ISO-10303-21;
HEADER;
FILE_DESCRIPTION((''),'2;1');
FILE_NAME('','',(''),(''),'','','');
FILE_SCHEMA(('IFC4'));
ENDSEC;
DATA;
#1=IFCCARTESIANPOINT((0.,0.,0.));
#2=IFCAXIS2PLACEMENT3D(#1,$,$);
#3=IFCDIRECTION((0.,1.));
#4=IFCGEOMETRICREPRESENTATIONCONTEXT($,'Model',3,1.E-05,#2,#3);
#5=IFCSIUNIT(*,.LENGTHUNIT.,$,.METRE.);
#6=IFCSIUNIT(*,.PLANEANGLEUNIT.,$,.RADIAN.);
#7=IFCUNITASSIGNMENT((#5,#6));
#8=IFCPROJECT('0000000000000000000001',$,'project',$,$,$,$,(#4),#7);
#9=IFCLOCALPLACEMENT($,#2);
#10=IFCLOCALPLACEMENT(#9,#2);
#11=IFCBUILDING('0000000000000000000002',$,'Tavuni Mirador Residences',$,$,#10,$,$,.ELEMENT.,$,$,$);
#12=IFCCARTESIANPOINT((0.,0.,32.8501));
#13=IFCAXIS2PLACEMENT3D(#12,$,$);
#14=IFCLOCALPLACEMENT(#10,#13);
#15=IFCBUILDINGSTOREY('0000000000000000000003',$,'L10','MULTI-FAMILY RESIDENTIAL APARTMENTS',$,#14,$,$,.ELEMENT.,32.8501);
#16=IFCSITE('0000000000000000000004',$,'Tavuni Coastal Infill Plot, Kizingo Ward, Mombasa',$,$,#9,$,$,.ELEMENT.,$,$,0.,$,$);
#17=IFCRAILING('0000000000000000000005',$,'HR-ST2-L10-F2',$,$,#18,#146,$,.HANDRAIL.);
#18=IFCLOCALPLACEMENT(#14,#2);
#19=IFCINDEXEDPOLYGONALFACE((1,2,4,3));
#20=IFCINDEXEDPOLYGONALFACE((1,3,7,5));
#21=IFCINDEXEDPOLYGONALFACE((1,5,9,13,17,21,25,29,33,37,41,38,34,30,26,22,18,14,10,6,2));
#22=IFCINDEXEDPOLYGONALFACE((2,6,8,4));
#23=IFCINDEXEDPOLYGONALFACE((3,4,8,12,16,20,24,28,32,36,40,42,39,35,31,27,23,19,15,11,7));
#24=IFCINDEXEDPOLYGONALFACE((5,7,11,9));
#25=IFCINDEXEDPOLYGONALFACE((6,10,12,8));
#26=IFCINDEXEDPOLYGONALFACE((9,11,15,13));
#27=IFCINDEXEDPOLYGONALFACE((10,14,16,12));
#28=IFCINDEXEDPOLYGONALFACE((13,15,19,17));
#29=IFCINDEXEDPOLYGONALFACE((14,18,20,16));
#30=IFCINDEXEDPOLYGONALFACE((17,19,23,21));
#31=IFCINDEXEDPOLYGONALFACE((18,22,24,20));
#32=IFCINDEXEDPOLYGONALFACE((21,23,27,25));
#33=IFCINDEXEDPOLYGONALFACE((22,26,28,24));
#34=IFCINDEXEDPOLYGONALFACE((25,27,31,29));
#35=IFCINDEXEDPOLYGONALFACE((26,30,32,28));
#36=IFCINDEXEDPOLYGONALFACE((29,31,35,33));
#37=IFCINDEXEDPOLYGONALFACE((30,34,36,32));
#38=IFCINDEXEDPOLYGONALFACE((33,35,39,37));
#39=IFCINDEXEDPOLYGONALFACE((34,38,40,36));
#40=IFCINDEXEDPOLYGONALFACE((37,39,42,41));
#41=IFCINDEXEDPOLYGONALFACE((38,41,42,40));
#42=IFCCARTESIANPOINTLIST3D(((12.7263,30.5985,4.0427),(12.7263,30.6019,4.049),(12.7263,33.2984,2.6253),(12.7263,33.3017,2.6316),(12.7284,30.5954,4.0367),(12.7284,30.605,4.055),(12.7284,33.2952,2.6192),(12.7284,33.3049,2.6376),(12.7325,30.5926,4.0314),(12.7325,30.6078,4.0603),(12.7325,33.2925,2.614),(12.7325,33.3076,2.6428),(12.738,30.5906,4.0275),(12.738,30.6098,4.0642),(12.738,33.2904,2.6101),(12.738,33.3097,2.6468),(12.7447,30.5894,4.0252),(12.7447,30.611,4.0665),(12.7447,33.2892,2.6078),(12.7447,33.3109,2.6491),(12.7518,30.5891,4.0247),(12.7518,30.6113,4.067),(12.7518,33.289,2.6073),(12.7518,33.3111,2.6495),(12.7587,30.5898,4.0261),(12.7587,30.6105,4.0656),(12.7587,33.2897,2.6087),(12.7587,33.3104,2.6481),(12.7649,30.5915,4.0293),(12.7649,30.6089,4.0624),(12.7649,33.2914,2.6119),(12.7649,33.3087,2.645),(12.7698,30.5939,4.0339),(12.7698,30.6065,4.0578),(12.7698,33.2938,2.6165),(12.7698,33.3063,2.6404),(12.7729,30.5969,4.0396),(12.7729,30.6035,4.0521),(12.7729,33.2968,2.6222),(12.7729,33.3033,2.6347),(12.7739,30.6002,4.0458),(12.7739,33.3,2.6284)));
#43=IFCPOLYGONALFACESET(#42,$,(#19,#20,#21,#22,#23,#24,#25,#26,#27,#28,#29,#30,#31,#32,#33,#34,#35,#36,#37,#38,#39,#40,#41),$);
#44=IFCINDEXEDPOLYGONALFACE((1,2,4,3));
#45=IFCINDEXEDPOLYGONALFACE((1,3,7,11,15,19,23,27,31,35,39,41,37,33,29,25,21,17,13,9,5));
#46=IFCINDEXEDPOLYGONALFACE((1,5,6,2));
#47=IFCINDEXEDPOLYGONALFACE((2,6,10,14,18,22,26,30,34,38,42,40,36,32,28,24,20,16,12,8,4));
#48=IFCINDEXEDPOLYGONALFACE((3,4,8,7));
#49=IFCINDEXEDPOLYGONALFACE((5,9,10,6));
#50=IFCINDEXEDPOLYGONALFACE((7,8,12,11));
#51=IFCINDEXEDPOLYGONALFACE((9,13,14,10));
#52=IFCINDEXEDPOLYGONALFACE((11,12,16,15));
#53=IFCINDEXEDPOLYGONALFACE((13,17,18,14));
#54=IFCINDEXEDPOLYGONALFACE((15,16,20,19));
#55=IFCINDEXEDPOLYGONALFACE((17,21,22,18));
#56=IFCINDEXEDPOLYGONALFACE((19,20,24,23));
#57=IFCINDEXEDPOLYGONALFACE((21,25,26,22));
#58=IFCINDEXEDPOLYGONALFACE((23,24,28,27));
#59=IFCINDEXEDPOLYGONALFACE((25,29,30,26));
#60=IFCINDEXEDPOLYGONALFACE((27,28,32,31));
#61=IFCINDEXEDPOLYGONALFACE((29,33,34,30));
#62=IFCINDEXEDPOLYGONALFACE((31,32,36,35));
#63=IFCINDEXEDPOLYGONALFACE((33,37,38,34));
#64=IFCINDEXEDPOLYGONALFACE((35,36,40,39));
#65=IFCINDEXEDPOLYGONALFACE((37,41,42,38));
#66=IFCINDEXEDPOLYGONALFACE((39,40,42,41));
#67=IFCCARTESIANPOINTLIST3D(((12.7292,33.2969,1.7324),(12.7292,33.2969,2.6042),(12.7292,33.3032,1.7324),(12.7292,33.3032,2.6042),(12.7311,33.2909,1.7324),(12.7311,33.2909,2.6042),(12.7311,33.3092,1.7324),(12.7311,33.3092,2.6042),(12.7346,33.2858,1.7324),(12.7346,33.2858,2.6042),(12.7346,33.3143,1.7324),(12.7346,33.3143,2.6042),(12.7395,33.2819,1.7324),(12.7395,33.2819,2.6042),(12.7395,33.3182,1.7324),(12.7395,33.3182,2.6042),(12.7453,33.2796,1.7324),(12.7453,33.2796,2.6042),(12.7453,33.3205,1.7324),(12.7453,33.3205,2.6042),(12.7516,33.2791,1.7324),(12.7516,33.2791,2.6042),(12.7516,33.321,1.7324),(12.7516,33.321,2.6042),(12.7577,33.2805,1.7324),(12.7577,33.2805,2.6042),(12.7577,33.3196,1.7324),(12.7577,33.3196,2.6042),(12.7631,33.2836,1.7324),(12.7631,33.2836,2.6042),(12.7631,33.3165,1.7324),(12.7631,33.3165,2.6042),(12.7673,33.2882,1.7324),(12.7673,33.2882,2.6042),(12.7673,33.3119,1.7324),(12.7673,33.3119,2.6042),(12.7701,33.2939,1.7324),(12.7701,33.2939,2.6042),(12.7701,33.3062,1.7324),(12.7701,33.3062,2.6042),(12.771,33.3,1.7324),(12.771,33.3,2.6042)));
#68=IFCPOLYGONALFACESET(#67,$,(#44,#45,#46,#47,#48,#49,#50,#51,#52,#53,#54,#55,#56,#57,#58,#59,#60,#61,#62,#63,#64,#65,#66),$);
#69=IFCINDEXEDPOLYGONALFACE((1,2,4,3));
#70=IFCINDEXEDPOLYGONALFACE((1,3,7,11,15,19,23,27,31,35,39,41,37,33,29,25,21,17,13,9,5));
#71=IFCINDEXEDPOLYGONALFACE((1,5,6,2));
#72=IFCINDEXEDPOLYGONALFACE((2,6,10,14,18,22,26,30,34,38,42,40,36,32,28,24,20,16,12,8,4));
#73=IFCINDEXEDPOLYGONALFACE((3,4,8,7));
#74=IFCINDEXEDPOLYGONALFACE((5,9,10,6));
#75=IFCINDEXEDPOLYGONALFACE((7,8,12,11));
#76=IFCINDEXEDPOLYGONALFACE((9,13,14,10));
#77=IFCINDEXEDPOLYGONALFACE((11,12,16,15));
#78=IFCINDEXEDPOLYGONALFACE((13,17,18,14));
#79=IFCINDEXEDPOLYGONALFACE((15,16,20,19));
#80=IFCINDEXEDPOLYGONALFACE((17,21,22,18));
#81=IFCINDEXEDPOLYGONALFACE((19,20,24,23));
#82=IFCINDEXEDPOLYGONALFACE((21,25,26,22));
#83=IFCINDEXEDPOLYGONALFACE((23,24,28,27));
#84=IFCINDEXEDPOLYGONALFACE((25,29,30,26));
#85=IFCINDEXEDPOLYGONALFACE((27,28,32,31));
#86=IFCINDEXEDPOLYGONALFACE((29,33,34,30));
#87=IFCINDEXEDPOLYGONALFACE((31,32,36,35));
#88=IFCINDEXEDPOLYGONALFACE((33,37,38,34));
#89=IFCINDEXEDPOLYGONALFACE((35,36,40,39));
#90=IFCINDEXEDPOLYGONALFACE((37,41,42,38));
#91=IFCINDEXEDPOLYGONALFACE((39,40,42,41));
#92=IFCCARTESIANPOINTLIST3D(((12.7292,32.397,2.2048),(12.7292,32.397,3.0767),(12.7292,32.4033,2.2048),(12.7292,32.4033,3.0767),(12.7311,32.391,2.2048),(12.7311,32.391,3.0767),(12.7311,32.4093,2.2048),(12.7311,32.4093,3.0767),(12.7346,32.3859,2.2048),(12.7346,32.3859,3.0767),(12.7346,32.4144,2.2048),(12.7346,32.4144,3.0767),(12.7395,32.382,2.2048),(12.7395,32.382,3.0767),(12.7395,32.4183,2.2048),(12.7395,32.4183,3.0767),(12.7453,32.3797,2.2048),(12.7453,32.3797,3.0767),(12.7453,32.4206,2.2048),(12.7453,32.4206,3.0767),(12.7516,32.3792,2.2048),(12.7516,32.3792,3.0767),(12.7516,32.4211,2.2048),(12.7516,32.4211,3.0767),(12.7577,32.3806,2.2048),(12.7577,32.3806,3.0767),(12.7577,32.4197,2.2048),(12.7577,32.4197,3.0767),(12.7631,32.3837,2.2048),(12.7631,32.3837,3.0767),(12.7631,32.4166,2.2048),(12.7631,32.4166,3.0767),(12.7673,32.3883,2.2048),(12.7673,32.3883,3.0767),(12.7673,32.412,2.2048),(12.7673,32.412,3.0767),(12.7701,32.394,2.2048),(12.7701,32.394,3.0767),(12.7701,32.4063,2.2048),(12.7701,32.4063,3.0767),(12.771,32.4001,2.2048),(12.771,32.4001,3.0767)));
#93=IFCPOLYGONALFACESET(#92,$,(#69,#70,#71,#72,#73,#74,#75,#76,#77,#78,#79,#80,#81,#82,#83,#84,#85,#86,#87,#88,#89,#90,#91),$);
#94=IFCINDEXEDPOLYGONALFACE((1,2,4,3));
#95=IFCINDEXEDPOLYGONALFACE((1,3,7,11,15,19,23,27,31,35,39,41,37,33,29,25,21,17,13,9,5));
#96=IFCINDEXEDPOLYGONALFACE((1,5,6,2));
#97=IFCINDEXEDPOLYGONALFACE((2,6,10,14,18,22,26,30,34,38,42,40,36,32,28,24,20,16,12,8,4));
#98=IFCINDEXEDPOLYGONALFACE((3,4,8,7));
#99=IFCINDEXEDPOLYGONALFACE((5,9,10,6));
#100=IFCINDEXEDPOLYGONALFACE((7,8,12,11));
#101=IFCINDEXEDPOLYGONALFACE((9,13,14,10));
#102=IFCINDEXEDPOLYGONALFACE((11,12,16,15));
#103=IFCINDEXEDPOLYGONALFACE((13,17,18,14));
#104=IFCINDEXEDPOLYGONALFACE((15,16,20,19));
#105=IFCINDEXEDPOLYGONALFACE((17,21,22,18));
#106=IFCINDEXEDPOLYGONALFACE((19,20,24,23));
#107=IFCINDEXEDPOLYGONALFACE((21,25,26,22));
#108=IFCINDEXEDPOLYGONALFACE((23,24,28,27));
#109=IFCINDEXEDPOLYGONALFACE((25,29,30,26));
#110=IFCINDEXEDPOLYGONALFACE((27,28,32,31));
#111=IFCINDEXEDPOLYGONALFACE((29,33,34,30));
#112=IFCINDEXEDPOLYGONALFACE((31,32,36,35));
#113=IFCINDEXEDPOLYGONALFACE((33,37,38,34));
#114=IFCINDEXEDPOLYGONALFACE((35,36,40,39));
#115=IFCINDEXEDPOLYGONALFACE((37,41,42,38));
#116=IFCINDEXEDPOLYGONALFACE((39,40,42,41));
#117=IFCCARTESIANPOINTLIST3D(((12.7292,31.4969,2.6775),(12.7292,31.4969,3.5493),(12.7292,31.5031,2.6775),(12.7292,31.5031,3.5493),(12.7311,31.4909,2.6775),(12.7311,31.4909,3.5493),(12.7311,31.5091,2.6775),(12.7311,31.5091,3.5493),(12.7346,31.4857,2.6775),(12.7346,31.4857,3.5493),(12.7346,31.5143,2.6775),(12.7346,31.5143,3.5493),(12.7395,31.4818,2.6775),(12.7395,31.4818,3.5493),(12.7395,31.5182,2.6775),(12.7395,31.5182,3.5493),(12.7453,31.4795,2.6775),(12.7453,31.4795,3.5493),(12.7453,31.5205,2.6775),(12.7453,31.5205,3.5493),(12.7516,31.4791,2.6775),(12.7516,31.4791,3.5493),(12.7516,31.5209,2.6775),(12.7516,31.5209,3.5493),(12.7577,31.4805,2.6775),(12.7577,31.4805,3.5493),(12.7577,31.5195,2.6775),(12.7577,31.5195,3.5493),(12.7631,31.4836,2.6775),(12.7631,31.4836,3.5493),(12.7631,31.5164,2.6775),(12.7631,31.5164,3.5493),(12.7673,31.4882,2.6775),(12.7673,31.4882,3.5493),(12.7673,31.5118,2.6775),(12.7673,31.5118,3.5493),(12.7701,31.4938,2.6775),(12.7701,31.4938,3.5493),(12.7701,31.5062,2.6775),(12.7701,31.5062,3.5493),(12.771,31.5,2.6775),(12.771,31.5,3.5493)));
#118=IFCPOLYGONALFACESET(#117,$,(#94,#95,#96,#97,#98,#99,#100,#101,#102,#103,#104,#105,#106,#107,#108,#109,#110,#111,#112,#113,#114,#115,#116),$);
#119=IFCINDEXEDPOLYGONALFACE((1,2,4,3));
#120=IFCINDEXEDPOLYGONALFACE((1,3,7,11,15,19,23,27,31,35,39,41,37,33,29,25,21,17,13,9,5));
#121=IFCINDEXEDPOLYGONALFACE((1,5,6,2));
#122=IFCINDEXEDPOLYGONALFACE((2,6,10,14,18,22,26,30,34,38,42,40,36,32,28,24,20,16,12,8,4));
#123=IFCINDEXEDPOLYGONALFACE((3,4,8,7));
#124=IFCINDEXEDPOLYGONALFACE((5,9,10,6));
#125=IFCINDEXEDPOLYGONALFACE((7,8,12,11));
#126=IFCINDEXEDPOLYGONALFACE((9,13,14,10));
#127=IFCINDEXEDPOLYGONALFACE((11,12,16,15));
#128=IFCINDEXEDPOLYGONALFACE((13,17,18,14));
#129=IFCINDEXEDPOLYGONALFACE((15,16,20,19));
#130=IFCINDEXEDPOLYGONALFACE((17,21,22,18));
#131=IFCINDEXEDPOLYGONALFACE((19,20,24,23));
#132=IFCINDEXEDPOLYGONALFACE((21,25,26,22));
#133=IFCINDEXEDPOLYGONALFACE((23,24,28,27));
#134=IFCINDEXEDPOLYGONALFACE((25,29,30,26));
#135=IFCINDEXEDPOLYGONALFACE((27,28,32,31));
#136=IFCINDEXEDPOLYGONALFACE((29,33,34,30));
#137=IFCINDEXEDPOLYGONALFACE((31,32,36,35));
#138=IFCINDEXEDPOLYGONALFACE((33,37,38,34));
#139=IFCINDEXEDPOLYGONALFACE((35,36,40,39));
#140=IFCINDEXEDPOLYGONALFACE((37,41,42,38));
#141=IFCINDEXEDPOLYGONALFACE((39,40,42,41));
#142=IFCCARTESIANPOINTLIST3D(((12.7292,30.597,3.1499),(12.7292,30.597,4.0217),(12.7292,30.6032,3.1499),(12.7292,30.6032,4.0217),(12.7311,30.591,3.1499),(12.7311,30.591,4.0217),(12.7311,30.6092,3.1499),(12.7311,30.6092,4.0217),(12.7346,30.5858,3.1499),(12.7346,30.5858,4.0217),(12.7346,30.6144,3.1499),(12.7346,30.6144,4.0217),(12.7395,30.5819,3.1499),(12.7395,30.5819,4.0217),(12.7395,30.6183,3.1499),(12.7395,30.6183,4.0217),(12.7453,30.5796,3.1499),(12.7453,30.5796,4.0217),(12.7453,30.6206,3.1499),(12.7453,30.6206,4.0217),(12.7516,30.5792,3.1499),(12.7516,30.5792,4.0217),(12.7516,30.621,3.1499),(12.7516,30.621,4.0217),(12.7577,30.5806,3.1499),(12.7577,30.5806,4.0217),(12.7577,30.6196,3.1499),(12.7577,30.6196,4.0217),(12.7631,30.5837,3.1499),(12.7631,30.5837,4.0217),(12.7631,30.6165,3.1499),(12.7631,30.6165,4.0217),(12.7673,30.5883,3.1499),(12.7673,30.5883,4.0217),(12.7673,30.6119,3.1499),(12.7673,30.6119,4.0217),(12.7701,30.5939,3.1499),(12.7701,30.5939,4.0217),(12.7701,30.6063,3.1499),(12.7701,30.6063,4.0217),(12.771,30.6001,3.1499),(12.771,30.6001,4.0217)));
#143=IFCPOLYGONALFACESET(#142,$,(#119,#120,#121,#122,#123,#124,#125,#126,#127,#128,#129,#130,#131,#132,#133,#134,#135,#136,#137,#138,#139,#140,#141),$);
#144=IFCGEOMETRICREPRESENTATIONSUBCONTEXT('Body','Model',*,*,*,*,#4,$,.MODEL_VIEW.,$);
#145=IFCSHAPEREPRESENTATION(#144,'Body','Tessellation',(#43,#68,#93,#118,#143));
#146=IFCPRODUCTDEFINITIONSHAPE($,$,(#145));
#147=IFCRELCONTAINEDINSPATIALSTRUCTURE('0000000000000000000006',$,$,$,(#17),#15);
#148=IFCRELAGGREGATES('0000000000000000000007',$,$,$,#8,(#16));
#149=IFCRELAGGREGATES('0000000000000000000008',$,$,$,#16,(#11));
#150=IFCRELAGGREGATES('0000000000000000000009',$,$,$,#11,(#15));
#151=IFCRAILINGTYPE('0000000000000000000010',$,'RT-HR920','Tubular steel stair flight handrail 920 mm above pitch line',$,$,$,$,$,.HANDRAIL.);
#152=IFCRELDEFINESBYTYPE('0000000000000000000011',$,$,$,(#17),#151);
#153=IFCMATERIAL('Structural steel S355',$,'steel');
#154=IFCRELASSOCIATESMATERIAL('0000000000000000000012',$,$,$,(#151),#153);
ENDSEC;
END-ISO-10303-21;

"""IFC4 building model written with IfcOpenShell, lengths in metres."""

from ifc_helpers import new_model, si_unit, direction, frame, origin, origin_2d, place, context, subcontext, project, spatial, circle, extrude, material, type_object, element, save


model = new_model("IFC4")

# Units and contexts
model_context = context("Model", 3, precision=1e-05, world=origin(), true_north=direction((0.0, 1.0)))
body_context = subcontext(model_context, "Body", "Model", "MODEL_VIEW")
ifc_project = project(units=[si_unit("LENGTHUNIT", "METRE"), si_unit("PLANEANGLEUNIT", "RADIAN")], contexts=[model_context])

# Site, building, storey
site_placement = place(None, origin())
site = spatial("IfcSite", under=ifc_project, at=site_placement, Name="Tavuni Coastal Infill Plot, Kizingo Ward, Mombasa", CompositionType="ELEMENT", RefElevation=0.0)
building_placement = place(site_placement, origin())
building = spatial("IfcBuilding", under=site, at=building_placement, Name="Tavuni Mirador Residences", CompositionType="ELEMENT")
storey_placement = place(building_placement, frame((0.0, 0.0, 32.8501)))
storey = spatial("IfcBuildingStorey", under=building, at=storey_placement, Name="L10", Description="MULTI-FAMILY RESIDENTIAL APARTMENTS", CompositionType="ELEMENT", Elevation=32.8501)

# Shared definitions
ifc_material_1 = material(Name="Structural steel S355", Category="steel")

# Railing
railing_type_1 = type_object("IfcRailingType", Name="RT-HR920", Description="Tubular steel stair flight handrail 920 mm above pitch line", PredefinedType="HANDRAIL", material=ifc_material_1)
railing_1_placement = place(storey_placement, frame((12.75, 33.3, 1.7324)))
element("IfcRailing", 1, at=railing_1_placement, inside=storey, type_object=railing_type_1, Name="HR-ST2-L10-F2", PredefinedType="HANDRAIL", context=body_context, shape_type="SweptSolid", body=[
    extrude(circle(Radius=0.0239, at=origin_2d()), frame((0.0, 0.0, 0.896), z_axis=(0.0, -0.885397, 0.464835), x_axis=(1.0, 0.0, 0.0)), (0.0, 0.0, 1.0), 3.0493),
    extrude(circle(Radius=0.021, at=origin_2d()), origin(), (0.0, 0.0, 1.0), 0.8718),
    extrude(circle(Radius=0.021, at=origin_2d()), frame((0.0, -0.8999, 0.4724)), (0.0, 0.0, 1.0), 0.8718),
    extrude(circle(Radius=0.021, at=origin_2d()), frame((0.0, -1.8, 0.9451)), (0.0, 0.0, 1.0), 0.8718),
    extrude(circle(Radius=0.021, at=origin_2d()), frame((0.0, -2.7, 1.4175)), (0.0, 0.0, 1.0), 0.8718),
])

save(model, "model.ifc")
